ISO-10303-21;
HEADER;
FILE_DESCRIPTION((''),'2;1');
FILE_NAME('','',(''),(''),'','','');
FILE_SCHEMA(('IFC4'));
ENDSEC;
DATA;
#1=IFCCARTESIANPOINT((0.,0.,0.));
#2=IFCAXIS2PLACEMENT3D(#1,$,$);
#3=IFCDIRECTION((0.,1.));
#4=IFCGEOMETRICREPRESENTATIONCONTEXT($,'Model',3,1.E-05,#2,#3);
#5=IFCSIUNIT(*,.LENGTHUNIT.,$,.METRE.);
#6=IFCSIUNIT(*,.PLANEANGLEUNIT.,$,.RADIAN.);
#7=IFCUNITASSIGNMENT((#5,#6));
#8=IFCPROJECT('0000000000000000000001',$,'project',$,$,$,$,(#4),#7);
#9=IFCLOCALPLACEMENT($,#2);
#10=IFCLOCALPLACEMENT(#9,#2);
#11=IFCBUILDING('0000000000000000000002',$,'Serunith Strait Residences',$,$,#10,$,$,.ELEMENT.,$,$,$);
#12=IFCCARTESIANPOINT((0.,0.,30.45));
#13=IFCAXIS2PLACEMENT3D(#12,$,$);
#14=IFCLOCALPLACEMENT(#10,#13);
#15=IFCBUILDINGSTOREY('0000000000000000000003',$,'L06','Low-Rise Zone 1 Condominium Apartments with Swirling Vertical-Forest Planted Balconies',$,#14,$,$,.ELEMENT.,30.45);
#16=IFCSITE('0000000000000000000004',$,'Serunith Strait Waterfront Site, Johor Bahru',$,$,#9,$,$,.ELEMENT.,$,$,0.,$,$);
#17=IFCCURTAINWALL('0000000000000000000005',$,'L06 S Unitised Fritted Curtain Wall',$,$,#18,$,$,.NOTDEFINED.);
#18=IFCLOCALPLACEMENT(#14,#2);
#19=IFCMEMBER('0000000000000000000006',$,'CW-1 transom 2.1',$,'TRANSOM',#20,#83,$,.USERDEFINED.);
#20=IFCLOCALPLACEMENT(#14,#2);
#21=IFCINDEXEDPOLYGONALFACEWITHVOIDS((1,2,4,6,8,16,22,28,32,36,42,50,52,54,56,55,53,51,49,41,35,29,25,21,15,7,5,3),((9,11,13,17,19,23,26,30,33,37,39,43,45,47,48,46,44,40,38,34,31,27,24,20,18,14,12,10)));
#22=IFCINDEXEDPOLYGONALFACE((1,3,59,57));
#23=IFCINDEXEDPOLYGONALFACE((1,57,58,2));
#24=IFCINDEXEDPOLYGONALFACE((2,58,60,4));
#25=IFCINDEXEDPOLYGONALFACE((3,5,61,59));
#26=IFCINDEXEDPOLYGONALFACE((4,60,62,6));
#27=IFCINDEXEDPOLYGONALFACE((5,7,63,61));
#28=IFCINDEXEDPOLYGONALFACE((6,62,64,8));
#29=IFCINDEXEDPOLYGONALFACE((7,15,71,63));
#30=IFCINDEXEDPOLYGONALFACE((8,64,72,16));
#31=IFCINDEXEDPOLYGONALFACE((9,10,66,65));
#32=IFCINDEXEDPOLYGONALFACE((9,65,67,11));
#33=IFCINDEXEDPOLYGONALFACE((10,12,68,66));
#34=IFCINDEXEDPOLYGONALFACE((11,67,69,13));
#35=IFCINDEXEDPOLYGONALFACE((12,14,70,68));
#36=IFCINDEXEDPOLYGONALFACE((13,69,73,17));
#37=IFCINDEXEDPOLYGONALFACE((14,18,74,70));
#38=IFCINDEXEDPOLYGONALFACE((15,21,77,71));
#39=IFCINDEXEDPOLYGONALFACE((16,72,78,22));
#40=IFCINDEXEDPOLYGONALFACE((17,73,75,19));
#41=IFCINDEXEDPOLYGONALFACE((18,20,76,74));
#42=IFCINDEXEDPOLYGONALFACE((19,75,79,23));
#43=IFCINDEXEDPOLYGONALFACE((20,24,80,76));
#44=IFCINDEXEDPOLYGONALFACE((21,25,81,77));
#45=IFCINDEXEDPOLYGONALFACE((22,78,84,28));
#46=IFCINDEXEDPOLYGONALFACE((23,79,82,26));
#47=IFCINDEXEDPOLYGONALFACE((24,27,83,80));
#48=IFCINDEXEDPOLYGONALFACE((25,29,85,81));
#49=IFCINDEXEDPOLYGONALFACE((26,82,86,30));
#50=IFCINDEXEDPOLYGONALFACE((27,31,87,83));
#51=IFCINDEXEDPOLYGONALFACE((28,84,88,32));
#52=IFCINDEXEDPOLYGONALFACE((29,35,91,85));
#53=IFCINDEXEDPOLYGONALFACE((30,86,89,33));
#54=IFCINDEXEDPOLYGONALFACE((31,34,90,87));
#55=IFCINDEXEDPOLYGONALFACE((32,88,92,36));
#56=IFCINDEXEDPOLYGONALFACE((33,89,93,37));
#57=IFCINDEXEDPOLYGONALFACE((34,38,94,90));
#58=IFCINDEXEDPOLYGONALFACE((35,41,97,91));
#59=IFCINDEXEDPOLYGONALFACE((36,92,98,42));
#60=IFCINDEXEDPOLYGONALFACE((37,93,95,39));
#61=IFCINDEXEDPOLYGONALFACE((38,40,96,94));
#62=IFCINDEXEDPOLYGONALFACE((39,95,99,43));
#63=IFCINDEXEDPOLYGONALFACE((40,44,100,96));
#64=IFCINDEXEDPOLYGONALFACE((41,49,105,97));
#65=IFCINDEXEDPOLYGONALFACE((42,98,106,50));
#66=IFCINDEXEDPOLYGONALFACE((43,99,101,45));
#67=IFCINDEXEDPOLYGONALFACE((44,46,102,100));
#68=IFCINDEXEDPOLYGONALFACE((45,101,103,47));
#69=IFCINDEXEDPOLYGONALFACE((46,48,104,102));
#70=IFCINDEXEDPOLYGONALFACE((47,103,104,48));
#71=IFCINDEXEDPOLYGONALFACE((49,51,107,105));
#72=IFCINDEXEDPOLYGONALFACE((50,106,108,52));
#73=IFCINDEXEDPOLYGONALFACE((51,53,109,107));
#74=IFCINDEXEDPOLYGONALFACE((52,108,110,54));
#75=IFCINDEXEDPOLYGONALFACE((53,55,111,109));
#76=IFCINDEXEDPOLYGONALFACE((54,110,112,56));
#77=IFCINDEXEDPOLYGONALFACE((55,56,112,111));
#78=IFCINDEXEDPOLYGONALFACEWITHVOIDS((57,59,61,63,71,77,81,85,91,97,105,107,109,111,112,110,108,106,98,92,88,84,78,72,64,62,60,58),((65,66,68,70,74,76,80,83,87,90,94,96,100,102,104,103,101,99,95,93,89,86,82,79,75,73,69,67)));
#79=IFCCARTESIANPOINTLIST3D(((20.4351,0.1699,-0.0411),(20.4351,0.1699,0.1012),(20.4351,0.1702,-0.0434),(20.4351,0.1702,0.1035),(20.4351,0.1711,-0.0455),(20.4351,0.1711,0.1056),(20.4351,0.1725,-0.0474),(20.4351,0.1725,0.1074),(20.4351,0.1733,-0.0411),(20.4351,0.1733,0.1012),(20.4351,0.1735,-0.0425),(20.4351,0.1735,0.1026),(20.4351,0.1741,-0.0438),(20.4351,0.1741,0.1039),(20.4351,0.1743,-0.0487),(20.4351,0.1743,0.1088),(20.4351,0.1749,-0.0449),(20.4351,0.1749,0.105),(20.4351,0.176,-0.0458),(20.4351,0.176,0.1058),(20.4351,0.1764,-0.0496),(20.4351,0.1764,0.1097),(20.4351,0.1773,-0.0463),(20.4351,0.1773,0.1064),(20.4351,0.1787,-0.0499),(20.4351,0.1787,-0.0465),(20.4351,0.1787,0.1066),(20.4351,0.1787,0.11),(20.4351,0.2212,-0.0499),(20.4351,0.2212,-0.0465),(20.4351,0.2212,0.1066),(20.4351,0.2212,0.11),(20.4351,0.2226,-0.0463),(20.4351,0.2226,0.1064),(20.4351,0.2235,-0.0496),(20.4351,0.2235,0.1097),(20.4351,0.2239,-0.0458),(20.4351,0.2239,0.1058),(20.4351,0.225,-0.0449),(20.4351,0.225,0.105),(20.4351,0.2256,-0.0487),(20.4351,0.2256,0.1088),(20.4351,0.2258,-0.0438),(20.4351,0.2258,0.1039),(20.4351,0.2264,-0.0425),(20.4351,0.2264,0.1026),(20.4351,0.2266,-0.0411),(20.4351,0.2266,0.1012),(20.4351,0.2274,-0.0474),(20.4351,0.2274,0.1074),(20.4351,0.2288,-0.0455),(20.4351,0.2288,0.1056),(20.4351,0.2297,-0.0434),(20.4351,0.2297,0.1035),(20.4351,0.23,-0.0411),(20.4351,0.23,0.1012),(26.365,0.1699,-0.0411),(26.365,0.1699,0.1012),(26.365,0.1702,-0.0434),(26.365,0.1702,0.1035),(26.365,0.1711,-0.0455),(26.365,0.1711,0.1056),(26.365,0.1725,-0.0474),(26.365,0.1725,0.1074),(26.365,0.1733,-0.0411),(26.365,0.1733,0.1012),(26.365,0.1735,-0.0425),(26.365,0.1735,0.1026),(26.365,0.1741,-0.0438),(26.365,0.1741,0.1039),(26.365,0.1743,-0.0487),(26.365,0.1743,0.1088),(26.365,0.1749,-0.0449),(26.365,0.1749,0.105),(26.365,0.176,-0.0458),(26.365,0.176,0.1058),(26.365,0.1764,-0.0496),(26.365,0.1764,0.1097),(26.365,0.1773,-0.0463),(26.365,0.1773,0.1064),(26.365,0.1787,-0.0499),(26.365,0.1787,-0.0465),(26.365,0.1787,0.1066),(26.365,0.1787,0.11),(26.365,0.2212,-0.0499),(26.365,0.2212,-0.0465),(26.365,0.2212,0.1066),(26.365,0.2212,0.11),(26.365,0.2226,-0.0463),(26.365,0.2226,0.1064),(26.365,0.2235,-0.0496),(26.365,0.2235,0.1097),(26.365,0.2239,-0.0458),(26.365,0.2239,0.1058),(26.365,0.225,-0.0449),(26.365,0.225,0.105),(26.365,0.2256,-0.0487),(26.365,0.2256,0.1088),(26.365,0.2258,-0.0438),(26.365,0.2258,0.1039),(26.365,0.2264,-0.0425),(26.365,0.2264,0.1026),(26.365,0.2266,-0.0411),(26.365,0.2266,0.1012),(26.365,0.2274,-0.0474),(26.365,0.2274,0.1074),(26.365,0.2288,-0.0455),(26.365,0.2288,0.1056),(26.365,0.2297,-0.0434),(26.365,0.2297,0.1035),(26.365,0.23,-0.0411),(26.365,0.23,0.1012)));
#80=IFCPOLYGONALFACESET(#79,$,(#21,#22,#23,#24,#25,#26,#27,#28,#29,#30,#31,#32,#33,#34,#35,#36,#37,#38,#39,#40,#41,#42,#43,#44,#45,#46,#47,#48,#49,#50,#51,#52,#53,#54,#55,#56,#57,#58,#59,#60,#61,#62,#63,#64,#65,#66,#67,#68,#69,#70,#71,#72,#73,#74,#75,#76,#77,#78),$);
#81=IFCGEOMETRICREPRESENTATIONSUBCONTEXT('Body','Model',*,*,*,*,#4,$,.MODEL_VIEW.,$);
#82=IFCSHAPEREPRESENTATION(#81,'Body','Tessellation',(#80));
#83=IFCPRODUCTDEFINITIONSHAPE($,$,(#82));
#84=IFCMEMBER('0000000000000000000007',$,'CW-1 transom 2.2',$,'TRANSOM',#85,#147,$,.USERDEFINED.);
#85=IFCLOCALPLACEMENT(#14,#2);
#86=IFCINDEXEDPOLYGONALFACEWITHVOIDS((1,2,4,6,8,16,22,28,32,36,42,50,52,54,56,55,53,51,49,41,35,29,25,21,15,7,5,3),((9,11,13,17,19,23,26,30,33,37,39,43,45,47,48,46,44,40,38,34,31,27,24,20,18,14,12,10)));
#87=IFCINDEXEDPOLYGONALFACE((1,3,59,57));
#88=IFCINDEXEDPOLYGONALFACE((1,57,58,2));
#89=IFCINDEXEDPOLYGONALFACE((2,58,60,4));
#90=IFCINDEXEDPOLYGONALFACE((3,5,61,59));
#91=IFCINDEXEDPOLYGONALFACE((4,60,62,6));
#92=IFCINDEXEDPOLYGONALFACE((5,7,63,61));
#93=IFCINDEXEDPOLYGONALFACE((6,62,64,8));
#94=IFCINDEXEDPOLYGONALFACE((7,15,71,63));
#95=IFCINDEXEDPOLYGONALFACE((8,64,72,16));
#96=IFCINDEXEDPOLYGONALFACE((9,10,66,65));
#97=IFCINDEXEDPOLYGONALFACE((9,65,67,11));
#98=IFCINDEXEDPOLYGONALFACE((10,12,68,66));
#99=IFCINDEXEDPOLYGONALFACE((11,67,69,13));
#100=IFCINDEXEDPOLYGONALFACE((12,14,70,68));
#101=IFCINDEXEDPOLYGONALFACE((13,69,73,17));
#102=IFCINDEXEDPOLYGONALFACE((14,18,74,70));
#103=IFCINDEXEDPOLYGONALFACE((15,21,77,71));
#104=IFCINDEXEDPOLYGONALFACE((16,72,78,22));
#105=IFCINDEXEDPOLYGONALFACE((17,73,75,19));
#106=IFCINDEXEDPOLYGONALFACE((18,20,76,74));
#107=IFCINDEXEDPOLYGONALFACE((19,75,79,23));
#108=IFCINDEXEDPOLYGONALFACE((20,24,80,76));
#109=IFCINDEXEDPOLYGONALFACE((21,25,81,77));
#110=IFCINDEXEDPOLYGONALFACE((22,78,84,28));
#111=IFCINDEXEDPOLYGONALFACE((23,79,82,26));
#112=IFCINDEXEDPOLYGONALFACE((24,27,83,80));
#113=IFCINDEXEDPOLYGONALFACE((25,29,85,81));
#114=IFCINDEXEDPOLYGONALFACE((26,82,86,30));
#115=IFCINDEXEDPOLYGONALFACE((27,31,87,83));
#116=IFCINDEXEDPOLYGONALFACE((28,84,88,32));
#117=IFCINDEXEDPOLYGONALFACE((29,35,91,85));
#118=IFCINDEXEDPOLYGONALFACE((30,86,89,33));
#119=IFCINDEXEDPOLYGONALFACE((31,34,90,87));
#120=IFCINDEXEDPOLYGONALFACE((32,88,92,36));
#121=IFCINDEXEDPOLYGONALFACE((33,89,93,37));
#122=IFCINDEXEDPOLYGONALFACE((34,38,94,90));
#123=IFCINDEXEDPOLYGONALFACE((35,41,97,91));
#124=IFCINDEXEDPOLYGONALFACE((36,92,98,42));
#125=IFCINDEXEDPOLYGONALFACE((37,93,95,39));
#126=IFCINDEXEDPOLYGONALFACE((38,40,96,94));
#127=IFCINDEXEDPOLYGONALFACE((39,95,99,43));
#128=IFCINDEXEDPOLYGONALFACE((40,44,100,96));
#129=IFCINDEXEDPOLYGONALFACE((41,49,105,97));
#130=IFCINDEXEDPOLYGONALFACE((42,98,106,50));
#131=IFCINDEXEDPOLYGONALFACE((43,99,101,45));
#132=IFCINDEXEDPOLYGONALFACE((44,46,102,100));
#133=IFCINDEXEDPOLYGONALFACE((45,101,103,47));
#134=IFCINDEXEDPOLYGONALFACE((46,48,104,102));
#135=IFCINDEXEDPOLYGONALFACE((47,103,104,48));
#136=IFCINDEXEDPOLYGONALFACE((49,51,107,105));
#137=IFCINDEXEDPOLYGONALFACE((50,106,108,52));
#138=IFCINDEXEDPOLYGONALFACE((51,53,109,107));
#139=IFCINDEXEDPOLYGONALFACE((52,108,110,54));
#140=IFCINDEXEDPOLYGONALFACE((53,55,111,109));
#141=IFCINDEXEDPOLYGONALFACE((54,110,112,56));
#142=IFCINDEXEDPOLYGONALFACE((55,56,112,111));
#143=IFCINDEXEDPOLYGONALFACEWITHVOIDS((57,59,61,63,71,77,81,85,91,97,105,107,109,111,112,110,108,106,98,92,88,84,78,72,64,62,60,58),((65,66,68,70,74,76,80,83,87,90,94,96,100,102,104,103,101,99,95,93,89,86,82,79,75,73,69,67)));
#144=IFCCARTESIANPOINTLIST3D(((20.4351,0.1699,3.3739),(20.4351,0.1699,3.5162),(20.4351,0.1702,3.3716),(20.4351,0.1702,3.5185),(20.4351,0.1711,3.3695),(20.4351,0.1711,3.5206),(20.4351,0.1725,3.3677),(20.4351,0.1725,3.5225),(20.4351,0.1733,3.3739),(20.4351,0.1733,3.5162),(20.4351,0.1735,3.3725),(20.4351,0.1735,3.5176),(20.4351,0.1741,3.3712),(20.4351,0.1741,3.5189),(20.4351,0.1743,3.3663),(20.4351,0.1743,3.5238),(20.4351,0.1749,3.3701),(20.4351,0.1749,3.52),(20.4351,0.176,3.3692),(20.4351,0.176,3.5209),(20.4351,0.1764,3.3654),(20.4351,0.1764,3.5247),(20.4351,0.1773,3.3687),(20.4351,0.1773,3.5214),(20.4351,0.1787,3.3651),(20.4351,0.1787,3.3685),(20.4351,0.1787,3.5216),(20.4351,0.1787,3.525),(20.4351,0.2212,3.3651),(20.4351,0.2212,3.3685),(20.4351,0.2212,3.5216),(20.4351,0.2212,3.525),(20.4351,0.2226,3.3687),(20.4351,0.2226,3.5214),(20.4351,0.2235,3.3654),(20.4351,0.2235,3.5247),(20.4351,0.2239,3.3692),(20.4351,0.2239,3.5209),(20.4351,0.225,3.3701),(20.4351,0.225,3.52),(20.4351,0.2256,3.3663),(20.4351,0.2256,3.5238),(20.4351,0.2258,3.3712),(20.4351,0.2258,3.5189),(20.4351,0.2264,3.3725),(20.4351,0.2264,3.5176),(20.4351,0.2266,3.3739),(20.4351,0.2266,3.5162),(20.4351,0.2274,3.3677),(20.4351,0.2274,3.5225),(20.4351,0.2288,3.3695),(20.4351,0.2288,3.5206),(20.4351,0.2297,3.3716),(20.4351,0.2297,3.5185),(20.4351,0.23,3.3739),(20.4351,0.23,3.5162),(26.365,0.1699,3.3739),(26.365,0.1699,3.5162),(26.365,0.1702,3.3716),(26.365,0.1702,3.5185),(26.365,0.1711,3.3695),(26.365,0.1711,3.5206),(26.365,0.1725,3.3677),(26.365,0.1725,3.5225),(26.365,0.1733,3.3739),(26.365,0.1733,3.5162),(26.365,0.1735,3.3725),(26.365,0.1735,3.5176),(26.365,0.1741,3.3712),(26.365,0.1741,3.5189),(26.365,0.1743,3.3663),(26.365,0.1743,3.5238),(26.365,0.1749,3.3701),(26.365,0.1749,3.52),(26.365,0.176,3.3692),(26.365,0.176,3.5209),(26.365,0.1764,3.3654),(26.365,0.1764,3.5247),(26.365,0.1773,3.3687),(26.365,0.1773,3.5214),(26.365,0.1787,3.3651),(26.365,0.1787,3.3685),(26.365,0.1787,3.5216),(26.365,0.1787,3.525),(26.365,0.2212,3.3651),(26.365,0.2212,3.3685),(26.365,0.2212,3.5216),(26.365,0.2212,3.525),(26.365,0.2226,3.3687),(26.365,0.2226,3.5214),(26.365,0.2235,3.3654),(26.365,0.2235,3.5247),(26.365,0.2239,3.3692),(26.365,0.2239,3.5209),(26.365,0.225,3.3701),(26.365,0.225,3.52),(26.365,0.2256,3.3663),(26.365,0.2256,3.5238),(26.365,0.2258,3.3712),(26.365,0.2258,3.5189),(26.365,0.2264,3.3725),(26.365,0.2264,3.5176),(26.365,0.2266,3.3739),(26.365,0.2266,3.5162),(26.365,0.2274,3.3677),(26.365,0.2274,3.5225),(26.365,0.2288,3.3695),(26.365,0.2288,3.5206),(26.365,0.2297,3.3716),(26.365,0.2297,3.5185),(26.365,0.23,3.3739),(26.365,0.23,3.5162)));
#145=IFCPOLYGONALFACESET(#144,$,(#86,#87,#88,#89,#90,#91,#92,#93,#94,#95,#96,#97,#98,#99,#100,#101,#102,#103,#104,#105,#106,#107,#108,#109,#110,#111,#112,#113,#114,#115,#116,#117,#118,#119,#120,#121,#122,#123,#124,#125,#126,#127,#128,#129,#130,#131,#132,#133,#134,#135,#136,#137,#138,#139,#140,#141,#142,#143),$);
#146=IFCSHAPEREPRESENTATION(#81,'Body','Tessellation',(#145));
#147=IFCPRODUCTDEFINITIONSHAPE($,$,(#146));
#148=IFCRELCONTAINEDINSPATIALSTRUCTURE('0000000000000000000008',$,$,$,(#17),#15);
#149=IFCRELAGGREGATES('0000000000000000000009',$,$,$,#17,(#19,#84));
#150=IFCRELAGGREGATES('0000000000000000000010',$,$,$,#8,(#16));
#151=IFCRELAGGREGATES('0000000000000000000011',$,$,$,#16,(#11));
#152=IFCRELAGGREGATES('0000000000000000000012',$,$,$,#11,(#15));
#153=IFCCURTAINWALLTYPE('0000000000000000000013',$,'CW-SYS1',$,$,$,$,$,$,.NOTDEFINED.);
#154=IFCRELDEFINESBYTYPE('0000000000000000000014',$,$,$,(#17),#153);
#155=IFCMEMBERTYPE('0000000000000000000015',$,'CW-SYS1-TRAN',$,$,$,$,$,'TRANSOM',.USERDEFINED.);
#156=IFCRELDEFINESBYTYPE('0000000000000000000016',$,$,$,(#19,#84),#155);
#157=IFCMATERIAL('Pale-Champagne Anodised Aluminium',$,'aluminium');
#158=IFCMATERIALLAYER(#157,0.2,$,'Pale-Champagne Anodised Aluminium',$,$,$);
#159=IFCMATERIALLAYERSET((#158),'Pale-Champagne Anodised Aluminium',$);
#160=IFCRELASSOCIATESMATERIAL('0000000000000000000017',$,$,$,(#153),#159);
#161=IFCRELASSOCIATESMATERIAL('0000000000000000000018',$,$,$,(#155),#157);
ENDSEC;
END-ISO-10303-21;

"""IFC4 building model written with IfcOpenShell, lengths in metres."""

from ifc_helpers import new_model, si_unit, direction, frame, origin, origin_2d, place, context, subcontext, project, spatial, hollow_rectangle, extrude, source, transform, mapped, material, layer, layer_set, material_profile, profile_set, type_object, element, aggregate, save


model = new_model("IFC4")

# Units and contexts
model_context = context("Model", 3, precision=1e-05, world=origin(), true_north=direction((0.0, 1.0)))
body_context = subcontext(model_context, "Body", "Model", "MODEL_VIEW")
ifc_project = project(units=[si_unit("LENGTHUNIT", "METRE"), si_unit("PLANEANGLEUNIT", "RADIAN")], contexts=[model_context])

# Site, building, storey
site_placement = place(None, origin())
site = spatial("IfcSite", under=ifc_project, at=site_placement, Name="Serunith Strait Waterfront Site, Johor Bahru", CompositionType="ELEMENT", RefElevation=0.0)
building_placement = place(site_placement, origin())
building = spatial("IfcBuilding", under=site, at=building_placement, Name="Serunith Strait Residences", CompositionType="ELEMENT")
storey_placement = place(building_placement, frame((0.0, 0.0, 30.45)))
storey = spatial("IfcBuildingStorey", under=building, at=storey_placement, Name="L06", Description="Low-Rise Zone 1 Condominium Apartments with Swirling Vertical-Forest Planted Balconies", CompositionType="ELEMENT", Elevation=30.45)

# Curtain wall, members
ifc_material_1 = material(Name="Pale-Champagne Anodised Aluminium", Category="aluminium")
ifc_layer_1 = layer(ifc_material_1, 0.2, Name="Pale-Champagne Anodised Aluminium")
ifc_layer_set_1 = layer_set([ifc_layer_1], Name="Pale-Champagne Anodised Aluminium")
curtain_wall_type = type_object("IfcCurtainWallType", Name="CW-SYS1", PredefinedType="NOTDEFINED", material=ifc_layer_set_1)
curtain_wall_placement = place(storey_placement, origin())
curtain_wall = element("IfcCurtainWall", 1, at=curtain_wall_placement, inside=storey, type_object=curtain_wall_type, Name="L06 S Unitised Fritted Curtain Wall", PredefinedType="NOTDEFINED")
ifc_material_profile_1 = material_profile(ifc_material_1, hollow_rectangle(XDim=0.0601, YDim=0.1599, WallThickness=0.0034, InnerFilletRadius=0.0054, OuterFilletRadius=0.0088, at=origin_2d()), Name="ALU 160x60x3.5")
ifc_profile_set_1 = profile_set([ifc_material_profile_1], Name="Pale-Champagne Anodised Aluminium")
member_type_1 = type_object("IfcMemberType", Name="CW-SYS1-TRAN", ElementType="TRANSOM", PredefinedType="USERDEFINED", material=ifc_profile_set_1)
shared_shape_1 = source(origin(), body_context, "Body", "SweptSolid", [
    extrude(hollow_rectangle(XDim=0.0601, YDim=0.1599, WallThickness=0.0034, InnerFilletRadius=0.0054, OuterFilletRadius=0.0088, at=origin_2d()), origin(), (0.0, 0.0, 1.0), 5.9299),
])
member_1_placement = place(storey_placement, frame((20.4351, 0.2, 0.03), z_axis=(1.0, 0.0, 0.0), x_axis=(0.0, 1.0, 0.0)))
member_1 = element("IfcMember", 2, at=member_1_placement, type_object=member_type_1, Name="CW-1 transom 2.1", ObjectType="TRANSOM", PredefinedType="USERDEFINED", context=body_context, shape_type="MappedRepresentation", body=[
    mapped(shared_shape_1, transform((0.0, 0.0, 0.0), scale=1.0)),
])
member_2_placement = place(storey_placement, frame((20.4351, 0.2, 3.4451), z_axis=(1.0, 0.0, 0.0), x_axis=(0.0, 1.0, 0.0)))
member_2 = element("IfcMember", 3, at=member_2_placement, type_object=member_type_1, Name="CW-1 transom 2.2", ObjectType="TRANSOM", PredefinedType="USERDEFINED", context=body_context, shape_type="MappedRepresentation", body=[
    mapped(shared_shape_1, transform((0.0, 0.0, 0.0), scale=1.0)),
])
aggregate(curtain_wall, [member_1, member_2])

save(model, "model.ifc")
